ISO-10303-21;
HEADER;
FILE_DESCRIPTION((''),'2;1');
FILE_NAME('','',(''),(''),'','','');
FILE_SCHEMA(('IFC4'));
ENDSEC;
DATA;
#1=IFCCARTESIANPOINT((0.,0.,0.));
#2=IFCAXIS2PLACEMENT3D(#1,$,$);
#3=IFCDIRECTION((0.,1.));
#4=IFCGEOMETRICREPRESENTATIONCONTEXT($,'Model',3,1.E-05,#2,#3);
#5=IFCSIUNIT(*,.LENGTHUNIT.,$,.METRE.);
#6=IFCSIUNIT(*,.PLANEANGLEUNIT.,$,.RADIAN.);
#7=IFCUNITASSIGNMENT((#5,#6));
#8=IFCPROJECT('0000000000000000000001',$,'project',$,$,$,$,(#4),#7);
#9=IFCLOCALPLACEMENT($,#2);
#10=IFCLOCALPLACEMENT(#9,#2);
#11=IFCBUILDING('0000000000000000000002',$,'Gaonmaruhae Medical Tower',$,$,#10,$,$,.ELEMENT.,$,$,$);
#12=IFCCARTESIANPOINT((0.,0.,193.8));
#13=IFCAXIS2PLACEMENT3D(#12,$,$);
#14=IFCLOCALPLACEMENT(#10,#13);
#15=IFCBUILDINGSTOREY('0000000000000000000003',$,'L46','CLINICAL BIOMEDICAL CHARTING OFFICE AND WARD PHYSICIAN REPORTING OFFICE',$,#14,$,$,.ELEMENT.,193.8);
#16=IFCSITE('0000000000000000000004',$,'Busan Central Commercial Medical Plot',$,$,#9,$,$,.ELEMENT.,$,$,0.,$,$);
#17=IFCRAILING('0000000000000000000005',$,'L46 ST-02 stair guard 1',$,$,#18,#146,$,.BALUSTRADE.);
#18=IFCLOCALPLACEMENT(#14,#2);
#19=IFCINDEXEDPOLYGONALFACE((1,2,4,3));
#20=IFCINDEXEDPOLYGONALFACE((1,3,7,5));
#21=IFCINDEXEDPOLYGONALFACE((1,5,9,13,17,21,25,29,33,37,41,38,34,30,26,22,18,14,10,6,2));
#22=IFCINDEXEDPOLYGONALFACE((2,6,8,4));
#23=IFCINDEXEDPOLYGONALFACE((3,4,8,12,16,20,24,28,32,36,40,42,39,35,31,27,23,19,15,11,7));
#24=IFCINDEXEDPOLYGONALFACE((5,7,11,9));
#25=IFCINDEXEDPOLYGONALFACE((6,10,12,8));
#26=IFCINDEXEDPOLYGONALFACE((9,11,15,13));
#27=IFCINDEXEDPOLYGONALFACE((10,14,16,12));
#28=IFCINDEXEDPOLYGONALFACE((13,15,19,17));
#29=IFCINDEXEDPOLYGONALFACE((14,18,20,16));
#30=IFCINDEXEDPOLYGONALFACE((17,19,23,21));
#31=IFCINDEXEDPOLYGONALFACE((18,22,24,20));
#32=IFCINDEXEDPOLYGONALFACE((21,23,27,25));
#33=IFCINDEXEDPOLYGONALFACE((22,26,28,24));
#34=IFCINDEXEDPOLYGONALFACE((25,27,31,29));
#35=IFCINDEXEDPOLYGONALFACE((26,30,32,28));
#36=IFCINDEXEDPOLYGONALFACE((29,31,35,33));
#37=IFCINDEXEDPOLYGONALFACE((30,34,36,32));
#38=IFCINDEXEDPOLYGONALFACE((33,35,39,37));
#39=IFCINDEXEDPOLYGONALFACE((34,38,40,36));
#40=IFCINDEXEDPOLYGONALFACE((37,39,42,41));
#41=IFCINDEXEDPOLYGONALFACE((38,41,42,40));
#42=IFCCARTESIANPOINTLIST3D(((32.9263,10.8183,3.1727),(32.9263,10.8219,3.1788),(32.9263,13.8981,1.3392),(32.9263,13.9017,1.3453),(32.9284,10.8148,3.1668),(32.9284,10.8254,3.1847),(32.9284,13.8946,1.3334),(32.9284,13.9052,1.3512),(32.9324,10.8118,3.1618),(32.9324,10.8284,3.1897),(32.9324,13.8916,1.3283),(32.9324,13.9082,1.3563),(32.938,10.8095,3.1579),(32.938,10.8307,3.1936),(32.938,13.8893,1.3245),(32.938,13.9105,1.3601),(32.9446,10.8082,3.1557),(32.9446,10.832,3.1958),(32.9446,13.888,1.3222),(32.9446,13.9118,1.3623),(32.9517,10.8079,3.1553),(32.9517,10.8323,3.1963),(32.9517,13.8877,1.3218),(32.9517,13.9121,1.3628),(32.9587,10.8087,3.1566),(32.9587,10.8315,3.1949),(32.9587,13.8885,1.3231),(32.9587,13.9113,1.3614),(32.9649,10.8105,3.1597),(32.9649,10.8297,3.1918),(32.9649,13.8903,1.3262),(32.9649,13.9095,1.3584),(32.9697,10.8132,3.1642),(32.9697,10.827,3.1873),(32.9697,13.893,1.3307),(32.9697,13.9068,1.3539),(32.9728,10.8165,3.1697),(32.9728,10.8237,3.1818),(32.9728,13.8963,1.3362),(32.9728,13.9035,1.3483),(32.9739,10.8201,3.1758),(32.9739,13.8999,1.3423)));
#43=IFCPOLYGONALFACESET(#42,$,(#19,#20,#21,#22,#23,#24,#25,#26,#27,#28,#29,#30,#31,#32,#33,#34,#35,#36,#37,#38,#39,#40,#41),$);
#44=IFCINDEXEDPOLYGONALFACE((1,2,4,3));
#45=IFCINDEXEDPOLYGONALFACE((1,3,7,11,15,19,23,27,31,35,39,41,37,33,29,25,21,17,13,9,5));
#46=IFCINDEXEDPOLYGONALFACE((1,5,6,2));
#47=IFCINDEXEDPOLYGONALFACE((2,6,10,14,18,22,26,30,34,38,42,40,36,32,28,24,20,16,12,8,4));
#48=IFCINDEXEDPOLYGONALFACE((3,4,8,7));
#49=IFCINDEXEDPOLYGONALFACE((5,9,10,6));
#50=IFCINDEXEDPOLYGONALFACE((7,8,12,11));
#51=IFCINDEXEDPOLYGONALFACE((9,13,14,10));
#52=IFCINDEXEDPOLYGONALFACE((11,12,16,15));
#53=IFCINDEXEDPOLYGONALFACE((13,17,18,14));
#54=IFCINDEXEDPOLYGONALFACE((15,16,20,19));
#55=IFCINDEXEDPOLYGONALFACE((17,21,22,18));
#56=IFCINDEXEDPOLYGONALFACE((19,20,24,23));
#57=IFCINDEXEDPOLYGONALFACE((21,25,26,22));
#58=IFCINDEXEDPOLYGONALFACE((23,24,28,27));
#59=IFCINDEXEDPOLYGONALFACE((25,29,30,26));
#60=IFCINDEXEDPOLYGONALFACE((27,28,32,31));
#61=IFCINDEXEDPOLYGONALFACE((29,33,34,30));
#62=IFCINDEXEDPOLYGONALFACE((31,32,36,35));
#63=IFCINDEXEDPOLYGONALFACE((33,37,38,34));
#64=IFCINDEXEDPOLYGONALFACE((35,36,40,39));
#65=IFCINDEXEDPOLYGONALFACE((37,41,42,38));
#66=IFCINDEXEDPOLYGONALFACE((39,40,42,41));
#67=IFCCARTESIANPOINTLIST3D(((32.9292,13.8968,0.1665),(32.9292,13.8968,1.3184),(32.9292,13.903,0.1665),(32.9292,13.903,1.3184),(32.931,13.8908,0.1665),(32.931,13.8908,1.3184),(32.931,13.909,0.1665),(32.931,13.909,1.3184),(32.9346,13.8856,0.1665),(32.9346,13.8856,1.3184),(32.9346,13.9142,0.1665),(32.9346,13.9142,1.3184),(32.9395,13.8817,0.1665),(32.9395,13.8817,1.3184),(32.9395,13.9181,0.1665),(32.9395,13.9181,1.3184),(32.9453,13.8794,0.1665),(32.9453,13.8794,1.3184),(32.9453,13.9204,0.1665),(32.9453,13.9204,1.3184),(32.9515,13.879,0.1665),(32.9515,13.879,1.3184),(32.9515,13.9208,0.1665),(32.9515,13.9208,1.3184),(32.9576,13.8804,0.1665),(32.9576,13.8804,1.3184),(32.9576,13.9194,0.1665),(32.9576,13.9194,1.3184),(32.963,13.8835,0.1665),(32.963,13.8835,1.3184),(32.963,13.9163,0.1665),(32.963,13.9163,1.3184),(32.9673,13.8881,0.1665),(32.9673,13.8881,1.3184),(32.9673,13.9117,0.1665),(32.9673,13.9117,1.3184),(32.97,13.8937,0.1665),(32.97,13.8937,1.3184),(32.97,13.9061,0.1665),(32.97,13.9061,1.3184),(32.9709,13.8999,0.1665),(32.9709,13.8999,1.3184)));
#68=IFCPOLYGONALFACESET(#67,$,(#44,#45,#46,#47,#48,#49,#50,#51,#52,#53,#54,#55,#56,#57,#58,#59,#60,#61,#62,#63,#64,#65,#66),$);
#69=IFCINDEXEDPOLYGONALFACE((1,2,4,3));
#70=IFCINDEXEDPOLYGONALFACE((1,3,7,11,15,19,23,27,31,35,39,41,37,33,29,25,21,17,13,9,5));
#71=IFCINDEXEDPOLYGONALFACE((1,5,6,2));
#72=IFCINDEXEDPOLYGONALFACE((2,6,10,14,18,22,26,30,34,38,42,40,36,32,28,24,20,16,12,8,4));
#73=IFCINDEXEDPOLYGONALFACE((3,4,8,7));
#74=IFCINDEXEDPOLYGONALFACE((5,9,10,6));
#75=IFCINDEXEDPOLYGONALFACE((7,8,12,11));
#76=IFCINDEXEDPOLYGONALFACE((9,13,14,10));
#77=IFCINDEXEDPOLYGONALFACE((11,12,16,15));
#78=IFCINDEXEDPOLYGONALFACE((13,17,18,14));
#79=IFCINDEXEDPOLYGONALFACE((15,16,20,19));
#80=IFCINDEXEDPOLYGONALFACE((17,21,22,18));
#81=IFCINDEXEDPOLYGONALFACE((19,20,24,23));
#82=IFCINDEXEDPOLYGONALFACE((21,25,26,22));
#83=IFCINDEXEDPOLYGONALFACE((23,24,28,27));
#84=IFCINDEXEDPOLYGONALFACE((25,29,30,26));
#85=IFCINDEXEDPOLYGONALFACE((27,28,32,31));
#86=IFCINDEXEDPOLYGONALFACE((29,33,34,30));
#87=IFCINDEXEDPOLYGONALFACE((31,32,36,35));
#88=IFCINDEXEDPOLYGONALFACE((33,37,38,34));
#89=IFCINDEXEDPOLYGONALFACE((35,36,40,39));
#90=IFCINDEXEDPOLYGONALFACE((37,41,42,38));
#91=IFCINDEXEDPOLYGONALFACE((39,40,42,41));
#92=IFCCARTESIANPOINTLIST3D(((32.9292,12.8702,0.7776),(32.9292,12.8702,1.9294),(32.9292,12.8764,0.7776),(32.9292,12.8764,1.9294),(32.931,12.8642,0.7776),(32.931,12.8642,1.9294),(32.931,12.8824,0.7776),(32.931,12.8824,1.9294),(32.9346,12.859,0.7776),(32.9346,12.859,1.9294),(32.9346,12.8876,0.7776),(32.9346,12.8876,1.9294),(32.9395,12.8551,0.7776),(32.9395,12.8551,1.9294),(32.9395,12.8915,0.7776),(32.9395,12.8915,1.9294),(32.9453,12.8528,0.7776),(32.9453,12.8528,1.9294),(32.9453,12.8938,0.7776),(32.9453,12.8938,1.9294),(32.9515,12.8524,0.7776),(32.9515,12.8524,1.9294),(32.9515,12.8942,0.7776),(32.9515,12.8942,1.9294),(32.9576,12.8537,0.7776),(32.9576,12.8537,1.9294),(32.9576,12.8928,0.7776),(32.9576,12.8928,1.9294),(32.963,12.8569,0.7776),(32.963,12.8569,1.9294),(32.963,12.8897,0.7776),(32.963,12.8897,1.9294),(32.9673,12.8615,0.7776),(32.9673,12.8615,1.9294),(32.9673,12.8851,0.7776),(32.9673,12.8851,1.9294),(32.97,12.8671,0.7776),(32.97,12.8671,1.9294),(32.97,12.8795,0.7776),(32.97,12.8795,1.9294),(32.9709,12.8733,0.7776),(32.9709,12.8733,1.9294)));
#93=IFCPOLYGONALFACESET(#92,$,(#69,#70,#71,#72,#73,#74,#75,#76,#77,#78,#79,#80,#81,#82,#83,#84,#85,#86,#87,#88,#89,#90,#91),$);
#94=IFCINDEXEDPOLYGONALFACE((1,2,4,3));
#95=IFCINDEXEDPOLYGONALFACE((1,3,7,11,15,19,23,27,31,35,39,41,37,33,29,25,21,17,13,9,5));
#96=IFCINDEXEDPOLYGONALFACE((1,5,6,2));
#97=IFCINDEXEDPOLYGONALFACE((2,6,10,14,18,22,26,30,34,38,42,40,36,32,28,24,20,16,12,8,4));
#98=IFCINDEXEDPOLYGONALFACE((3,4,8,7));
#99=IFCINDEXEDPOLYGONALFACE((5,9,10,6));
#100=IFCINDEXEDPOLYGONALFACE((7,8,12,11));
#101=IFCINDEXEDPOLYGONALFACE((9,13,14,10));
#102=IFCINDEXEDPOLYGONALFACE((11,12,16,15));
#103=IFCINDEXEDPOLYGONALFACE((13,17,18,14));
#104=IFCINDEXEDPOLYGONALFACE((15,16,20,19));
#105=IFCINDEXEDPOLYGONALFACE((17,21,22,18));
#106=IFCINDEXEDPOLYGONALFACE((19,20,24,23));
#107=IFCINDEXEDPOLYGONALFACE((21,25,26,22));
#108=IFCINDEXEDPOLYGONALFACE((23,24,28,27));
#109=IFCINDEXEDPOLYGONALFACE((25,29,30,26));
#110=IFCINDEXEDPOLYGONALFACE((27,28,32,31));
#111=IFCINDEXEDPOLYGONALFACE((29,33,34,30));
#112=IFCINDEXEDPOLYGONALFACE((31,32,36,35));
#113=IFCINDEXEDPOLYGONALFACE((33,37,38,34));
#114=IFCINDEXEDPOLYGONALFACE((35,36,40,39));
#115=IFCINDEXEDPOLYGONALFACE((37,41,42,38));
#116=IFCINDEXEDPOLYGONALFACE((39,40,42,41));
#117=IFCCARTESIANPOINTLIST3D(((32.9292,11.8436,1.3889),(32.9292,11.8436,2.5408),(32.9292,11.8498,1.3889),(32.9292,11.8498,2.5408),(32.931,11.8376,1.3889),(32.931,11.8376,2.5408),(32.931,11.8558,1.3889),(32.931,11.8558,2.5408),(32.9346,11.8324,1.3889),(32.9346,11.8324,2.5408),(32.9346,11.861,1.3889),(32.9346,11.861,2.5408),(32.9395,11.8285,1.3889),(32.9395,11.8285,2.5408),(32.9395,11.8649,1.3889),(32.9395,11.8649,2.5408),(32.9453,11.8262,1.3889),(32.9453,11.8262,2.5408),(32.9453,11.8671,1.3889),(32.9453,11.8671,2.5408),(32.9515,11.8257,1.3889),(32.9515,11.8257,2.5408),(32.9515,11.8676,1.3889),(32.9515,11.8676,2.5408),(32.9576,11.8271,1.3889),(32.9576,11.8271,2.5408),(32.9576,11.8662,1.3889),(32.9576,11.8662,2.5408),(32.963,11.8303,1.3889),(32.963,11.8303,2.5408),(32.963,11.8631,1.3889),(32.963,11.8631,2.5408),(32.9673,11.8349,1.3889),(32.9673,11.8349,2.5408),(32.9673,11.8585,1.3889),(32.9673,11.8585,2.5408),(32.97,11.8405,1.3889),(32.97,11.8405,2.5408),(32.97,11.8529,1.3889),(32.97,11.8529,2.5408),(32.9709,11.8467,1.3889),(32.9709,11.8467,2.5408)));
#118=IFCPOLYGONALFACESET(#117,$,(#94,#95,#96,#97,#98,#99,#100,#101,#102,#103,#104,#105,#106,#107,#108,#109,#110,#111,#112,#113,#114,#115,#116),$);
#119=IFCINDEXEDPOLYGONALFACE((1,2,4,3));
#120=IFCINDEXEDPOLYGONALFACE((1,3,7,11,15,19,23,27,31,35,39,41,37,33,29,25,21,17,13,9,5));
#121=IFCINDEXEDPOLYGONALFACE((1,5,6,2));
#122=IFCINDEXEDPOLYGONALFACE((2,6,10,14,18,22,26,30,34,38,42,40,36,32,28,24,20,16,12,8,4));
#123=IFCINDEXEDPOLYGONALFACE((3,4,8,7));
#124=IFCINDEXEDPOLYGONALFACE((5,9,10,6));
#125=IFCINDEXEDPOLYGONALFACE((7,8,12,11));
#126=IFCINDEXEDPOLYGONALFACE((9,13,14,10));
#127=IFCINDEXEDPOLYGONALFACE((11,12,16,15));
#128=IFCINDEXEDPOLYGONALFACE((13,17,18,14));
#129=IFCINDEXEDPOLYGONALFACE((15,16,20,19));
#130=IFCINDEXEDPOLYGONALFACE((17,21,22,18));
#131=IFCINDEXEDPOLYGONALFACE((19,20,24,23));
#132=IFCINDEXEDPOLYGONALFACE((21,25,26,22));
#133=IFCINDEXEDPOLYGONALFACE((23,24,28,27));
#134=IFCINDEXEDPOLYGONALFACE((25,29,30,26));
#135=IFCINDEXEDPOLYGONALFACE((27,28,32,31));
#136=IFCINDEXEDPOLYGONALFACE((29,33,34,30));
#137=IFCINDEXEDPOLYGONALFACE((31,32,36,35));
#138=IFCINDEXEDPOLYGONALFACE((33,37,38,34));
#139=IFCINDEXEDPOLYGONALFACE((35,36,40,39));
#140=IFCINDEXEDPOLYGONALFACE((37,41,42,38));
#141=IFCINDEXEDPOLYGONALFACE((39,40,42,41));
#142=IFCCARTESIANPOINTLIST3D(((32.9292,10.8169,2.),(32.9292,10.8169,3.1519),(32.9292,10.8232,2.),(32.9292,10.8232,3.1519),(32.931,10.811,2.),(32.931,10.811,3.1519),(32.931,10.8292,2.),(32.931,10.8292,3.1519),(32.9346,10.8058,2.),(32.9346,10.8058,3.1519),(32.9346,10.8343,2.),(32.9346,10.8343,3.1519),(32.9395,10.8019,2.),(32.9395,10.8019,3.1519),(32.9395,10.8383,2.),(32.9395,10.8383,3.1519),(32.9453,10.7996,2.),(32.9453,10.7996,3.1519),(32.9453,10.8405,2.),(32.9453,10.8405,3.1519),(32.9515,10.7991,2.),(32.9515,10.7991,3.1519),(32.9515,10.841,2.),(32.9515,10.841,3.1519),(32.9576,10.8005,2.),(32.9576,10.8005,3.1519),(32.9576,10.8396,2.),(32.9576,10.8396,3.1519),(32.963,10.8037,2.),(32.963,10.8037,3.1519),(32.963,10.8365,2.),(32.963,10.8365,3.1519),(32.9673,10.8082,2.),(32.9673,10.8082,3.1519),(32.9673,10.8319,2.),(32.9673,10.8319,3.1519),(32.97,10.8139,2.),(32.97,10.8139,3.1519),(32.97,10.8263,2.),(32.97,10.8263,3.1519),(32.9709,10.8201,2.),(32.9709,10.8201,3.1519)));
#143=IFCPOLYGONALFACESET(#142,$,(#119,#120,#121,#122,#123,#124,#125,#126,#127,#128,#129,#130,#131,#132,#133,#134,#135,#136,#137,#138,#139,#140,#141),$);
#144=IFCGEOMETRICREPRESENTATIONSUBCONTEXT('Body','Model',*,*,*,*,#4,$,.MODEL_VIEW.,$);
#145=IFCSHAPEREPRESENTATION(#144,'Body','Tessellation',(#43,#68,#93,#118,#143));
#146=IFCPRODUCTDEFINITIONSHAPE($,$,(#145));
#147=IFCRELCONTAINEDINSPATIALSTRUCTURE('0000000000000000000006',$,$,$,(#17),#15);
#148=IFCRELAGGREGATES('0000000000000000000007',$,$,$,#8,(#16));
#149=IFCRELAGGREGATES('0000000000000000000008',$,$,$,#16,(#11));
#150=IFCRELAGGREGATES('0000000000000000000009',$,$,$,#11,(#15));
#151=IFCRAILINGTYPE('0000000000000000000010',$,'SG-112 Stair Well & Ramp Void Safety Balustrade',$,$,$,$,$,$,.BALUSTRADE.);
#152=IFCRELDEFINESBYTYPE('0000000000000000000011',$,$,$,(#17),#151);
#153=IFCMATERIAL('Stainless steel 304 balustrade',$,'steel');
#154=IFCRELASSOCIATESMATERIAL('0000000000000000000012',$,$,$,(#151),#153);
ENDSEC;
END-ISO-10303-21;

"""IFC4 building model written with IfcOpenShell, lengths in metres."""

from ifc_helpers import new_model, si_unit, direction, frame, origin, origin_2d, place, context, subcontext, project, spatial, circle, extrude, material, type_object, element, save


model = new_model("IFC4")

# Units and contexts
model_context = context("Model", 3, precision=1e-05, world=origin(), true_north=direction((0.0, 1.0)))
body_context = subcontext(model_context, "Body", "Model", "MODEL_VIEW")
ifc_project = project(units=[si_unit("LENGTHUNIT", "METRE"), si_unit("PLANEANGLEUNIT", "RADIAN")], contexts=[model_context])

# Site, building, storey
site_placement = place(None, origin())
site = spatial("IfcSite", under=ifc_project, at=site_placement, Name="Busan Central Commercial Medical Plot", CompositionType="ELEMENT", RefElevation=0.0)
building_placement = place(site_placement, origin())
building = spatial("IfcBuilding", under=site, at=building_placement, Name="Gaonmaruhae Medical Tower", CompositionType="ELEMENT")
storey_placement = place(building_placement, frame((0.0, 0.0, 193.8)))
storey = spatial("IfcBuildingStorey", under=building, at=storey_placement, Name="L46", Description="CLINICAL BIOMEDICAL CHARTING OFFICE AND WARD PHYSICIAN REPORTING OFFICE", CompositionType="ELEMENT", Elevation=193.8)

# Railing
ifc_material_1 = material(Name="Stainless steel 304 balustrade", Category="steel")
railing_type_1 = type_object("IfcRailingType", Name="SG-112 Stair Well & Ramp Void Safety Balustrade", PredefinedType="BALUSTRADE", material=ifc_material_1)
railing_1_placement = place(storey_placement, frame((32.95, 13.8999, 0.1665)))
element("IfcRailing", 1, at=railing_1_placement, inside=storey, type_object=railing_type_1, Name="L46 ST-02 stair guard 1", PredefinedType="BALUSTRADE", context=body_context, shape_type="SweptSolid", body=[
    extrude(circle(Radius=0.0239, at=origin_2d()), frame((0.0, 0.0, 1.1758), z_axis=(0.0, -0.859261, 0.511538), x_axis=(1.0, 0.0, 0.0)), (0.0, 0.0, 1.0), 3.5842),
    extrude(circle(Radius=0.021, at=origin_2d()), origin(), (0.0, 0.0, 1.0), 1.1519),
    extrude(circle(Radius=0.021, at=origin_2d()), frame((0.0, -1.0266, 0.6111)), (0.0, 0.0, 1.0), 1.1519),
    extrude(circle(Radius=0.021, at=origin_2d()), frame((0.0, -2.0532, 1.2224)), (0.0, 0.0, 1.0), 1.1519),
    extrude(circle(Radius=0.021, at=origin_2d()), frame((0.0, -3.0798, 1.8335)), (0.0, 0.0, 1.0), 1.1519),
])

save(model, "model.ifc")
